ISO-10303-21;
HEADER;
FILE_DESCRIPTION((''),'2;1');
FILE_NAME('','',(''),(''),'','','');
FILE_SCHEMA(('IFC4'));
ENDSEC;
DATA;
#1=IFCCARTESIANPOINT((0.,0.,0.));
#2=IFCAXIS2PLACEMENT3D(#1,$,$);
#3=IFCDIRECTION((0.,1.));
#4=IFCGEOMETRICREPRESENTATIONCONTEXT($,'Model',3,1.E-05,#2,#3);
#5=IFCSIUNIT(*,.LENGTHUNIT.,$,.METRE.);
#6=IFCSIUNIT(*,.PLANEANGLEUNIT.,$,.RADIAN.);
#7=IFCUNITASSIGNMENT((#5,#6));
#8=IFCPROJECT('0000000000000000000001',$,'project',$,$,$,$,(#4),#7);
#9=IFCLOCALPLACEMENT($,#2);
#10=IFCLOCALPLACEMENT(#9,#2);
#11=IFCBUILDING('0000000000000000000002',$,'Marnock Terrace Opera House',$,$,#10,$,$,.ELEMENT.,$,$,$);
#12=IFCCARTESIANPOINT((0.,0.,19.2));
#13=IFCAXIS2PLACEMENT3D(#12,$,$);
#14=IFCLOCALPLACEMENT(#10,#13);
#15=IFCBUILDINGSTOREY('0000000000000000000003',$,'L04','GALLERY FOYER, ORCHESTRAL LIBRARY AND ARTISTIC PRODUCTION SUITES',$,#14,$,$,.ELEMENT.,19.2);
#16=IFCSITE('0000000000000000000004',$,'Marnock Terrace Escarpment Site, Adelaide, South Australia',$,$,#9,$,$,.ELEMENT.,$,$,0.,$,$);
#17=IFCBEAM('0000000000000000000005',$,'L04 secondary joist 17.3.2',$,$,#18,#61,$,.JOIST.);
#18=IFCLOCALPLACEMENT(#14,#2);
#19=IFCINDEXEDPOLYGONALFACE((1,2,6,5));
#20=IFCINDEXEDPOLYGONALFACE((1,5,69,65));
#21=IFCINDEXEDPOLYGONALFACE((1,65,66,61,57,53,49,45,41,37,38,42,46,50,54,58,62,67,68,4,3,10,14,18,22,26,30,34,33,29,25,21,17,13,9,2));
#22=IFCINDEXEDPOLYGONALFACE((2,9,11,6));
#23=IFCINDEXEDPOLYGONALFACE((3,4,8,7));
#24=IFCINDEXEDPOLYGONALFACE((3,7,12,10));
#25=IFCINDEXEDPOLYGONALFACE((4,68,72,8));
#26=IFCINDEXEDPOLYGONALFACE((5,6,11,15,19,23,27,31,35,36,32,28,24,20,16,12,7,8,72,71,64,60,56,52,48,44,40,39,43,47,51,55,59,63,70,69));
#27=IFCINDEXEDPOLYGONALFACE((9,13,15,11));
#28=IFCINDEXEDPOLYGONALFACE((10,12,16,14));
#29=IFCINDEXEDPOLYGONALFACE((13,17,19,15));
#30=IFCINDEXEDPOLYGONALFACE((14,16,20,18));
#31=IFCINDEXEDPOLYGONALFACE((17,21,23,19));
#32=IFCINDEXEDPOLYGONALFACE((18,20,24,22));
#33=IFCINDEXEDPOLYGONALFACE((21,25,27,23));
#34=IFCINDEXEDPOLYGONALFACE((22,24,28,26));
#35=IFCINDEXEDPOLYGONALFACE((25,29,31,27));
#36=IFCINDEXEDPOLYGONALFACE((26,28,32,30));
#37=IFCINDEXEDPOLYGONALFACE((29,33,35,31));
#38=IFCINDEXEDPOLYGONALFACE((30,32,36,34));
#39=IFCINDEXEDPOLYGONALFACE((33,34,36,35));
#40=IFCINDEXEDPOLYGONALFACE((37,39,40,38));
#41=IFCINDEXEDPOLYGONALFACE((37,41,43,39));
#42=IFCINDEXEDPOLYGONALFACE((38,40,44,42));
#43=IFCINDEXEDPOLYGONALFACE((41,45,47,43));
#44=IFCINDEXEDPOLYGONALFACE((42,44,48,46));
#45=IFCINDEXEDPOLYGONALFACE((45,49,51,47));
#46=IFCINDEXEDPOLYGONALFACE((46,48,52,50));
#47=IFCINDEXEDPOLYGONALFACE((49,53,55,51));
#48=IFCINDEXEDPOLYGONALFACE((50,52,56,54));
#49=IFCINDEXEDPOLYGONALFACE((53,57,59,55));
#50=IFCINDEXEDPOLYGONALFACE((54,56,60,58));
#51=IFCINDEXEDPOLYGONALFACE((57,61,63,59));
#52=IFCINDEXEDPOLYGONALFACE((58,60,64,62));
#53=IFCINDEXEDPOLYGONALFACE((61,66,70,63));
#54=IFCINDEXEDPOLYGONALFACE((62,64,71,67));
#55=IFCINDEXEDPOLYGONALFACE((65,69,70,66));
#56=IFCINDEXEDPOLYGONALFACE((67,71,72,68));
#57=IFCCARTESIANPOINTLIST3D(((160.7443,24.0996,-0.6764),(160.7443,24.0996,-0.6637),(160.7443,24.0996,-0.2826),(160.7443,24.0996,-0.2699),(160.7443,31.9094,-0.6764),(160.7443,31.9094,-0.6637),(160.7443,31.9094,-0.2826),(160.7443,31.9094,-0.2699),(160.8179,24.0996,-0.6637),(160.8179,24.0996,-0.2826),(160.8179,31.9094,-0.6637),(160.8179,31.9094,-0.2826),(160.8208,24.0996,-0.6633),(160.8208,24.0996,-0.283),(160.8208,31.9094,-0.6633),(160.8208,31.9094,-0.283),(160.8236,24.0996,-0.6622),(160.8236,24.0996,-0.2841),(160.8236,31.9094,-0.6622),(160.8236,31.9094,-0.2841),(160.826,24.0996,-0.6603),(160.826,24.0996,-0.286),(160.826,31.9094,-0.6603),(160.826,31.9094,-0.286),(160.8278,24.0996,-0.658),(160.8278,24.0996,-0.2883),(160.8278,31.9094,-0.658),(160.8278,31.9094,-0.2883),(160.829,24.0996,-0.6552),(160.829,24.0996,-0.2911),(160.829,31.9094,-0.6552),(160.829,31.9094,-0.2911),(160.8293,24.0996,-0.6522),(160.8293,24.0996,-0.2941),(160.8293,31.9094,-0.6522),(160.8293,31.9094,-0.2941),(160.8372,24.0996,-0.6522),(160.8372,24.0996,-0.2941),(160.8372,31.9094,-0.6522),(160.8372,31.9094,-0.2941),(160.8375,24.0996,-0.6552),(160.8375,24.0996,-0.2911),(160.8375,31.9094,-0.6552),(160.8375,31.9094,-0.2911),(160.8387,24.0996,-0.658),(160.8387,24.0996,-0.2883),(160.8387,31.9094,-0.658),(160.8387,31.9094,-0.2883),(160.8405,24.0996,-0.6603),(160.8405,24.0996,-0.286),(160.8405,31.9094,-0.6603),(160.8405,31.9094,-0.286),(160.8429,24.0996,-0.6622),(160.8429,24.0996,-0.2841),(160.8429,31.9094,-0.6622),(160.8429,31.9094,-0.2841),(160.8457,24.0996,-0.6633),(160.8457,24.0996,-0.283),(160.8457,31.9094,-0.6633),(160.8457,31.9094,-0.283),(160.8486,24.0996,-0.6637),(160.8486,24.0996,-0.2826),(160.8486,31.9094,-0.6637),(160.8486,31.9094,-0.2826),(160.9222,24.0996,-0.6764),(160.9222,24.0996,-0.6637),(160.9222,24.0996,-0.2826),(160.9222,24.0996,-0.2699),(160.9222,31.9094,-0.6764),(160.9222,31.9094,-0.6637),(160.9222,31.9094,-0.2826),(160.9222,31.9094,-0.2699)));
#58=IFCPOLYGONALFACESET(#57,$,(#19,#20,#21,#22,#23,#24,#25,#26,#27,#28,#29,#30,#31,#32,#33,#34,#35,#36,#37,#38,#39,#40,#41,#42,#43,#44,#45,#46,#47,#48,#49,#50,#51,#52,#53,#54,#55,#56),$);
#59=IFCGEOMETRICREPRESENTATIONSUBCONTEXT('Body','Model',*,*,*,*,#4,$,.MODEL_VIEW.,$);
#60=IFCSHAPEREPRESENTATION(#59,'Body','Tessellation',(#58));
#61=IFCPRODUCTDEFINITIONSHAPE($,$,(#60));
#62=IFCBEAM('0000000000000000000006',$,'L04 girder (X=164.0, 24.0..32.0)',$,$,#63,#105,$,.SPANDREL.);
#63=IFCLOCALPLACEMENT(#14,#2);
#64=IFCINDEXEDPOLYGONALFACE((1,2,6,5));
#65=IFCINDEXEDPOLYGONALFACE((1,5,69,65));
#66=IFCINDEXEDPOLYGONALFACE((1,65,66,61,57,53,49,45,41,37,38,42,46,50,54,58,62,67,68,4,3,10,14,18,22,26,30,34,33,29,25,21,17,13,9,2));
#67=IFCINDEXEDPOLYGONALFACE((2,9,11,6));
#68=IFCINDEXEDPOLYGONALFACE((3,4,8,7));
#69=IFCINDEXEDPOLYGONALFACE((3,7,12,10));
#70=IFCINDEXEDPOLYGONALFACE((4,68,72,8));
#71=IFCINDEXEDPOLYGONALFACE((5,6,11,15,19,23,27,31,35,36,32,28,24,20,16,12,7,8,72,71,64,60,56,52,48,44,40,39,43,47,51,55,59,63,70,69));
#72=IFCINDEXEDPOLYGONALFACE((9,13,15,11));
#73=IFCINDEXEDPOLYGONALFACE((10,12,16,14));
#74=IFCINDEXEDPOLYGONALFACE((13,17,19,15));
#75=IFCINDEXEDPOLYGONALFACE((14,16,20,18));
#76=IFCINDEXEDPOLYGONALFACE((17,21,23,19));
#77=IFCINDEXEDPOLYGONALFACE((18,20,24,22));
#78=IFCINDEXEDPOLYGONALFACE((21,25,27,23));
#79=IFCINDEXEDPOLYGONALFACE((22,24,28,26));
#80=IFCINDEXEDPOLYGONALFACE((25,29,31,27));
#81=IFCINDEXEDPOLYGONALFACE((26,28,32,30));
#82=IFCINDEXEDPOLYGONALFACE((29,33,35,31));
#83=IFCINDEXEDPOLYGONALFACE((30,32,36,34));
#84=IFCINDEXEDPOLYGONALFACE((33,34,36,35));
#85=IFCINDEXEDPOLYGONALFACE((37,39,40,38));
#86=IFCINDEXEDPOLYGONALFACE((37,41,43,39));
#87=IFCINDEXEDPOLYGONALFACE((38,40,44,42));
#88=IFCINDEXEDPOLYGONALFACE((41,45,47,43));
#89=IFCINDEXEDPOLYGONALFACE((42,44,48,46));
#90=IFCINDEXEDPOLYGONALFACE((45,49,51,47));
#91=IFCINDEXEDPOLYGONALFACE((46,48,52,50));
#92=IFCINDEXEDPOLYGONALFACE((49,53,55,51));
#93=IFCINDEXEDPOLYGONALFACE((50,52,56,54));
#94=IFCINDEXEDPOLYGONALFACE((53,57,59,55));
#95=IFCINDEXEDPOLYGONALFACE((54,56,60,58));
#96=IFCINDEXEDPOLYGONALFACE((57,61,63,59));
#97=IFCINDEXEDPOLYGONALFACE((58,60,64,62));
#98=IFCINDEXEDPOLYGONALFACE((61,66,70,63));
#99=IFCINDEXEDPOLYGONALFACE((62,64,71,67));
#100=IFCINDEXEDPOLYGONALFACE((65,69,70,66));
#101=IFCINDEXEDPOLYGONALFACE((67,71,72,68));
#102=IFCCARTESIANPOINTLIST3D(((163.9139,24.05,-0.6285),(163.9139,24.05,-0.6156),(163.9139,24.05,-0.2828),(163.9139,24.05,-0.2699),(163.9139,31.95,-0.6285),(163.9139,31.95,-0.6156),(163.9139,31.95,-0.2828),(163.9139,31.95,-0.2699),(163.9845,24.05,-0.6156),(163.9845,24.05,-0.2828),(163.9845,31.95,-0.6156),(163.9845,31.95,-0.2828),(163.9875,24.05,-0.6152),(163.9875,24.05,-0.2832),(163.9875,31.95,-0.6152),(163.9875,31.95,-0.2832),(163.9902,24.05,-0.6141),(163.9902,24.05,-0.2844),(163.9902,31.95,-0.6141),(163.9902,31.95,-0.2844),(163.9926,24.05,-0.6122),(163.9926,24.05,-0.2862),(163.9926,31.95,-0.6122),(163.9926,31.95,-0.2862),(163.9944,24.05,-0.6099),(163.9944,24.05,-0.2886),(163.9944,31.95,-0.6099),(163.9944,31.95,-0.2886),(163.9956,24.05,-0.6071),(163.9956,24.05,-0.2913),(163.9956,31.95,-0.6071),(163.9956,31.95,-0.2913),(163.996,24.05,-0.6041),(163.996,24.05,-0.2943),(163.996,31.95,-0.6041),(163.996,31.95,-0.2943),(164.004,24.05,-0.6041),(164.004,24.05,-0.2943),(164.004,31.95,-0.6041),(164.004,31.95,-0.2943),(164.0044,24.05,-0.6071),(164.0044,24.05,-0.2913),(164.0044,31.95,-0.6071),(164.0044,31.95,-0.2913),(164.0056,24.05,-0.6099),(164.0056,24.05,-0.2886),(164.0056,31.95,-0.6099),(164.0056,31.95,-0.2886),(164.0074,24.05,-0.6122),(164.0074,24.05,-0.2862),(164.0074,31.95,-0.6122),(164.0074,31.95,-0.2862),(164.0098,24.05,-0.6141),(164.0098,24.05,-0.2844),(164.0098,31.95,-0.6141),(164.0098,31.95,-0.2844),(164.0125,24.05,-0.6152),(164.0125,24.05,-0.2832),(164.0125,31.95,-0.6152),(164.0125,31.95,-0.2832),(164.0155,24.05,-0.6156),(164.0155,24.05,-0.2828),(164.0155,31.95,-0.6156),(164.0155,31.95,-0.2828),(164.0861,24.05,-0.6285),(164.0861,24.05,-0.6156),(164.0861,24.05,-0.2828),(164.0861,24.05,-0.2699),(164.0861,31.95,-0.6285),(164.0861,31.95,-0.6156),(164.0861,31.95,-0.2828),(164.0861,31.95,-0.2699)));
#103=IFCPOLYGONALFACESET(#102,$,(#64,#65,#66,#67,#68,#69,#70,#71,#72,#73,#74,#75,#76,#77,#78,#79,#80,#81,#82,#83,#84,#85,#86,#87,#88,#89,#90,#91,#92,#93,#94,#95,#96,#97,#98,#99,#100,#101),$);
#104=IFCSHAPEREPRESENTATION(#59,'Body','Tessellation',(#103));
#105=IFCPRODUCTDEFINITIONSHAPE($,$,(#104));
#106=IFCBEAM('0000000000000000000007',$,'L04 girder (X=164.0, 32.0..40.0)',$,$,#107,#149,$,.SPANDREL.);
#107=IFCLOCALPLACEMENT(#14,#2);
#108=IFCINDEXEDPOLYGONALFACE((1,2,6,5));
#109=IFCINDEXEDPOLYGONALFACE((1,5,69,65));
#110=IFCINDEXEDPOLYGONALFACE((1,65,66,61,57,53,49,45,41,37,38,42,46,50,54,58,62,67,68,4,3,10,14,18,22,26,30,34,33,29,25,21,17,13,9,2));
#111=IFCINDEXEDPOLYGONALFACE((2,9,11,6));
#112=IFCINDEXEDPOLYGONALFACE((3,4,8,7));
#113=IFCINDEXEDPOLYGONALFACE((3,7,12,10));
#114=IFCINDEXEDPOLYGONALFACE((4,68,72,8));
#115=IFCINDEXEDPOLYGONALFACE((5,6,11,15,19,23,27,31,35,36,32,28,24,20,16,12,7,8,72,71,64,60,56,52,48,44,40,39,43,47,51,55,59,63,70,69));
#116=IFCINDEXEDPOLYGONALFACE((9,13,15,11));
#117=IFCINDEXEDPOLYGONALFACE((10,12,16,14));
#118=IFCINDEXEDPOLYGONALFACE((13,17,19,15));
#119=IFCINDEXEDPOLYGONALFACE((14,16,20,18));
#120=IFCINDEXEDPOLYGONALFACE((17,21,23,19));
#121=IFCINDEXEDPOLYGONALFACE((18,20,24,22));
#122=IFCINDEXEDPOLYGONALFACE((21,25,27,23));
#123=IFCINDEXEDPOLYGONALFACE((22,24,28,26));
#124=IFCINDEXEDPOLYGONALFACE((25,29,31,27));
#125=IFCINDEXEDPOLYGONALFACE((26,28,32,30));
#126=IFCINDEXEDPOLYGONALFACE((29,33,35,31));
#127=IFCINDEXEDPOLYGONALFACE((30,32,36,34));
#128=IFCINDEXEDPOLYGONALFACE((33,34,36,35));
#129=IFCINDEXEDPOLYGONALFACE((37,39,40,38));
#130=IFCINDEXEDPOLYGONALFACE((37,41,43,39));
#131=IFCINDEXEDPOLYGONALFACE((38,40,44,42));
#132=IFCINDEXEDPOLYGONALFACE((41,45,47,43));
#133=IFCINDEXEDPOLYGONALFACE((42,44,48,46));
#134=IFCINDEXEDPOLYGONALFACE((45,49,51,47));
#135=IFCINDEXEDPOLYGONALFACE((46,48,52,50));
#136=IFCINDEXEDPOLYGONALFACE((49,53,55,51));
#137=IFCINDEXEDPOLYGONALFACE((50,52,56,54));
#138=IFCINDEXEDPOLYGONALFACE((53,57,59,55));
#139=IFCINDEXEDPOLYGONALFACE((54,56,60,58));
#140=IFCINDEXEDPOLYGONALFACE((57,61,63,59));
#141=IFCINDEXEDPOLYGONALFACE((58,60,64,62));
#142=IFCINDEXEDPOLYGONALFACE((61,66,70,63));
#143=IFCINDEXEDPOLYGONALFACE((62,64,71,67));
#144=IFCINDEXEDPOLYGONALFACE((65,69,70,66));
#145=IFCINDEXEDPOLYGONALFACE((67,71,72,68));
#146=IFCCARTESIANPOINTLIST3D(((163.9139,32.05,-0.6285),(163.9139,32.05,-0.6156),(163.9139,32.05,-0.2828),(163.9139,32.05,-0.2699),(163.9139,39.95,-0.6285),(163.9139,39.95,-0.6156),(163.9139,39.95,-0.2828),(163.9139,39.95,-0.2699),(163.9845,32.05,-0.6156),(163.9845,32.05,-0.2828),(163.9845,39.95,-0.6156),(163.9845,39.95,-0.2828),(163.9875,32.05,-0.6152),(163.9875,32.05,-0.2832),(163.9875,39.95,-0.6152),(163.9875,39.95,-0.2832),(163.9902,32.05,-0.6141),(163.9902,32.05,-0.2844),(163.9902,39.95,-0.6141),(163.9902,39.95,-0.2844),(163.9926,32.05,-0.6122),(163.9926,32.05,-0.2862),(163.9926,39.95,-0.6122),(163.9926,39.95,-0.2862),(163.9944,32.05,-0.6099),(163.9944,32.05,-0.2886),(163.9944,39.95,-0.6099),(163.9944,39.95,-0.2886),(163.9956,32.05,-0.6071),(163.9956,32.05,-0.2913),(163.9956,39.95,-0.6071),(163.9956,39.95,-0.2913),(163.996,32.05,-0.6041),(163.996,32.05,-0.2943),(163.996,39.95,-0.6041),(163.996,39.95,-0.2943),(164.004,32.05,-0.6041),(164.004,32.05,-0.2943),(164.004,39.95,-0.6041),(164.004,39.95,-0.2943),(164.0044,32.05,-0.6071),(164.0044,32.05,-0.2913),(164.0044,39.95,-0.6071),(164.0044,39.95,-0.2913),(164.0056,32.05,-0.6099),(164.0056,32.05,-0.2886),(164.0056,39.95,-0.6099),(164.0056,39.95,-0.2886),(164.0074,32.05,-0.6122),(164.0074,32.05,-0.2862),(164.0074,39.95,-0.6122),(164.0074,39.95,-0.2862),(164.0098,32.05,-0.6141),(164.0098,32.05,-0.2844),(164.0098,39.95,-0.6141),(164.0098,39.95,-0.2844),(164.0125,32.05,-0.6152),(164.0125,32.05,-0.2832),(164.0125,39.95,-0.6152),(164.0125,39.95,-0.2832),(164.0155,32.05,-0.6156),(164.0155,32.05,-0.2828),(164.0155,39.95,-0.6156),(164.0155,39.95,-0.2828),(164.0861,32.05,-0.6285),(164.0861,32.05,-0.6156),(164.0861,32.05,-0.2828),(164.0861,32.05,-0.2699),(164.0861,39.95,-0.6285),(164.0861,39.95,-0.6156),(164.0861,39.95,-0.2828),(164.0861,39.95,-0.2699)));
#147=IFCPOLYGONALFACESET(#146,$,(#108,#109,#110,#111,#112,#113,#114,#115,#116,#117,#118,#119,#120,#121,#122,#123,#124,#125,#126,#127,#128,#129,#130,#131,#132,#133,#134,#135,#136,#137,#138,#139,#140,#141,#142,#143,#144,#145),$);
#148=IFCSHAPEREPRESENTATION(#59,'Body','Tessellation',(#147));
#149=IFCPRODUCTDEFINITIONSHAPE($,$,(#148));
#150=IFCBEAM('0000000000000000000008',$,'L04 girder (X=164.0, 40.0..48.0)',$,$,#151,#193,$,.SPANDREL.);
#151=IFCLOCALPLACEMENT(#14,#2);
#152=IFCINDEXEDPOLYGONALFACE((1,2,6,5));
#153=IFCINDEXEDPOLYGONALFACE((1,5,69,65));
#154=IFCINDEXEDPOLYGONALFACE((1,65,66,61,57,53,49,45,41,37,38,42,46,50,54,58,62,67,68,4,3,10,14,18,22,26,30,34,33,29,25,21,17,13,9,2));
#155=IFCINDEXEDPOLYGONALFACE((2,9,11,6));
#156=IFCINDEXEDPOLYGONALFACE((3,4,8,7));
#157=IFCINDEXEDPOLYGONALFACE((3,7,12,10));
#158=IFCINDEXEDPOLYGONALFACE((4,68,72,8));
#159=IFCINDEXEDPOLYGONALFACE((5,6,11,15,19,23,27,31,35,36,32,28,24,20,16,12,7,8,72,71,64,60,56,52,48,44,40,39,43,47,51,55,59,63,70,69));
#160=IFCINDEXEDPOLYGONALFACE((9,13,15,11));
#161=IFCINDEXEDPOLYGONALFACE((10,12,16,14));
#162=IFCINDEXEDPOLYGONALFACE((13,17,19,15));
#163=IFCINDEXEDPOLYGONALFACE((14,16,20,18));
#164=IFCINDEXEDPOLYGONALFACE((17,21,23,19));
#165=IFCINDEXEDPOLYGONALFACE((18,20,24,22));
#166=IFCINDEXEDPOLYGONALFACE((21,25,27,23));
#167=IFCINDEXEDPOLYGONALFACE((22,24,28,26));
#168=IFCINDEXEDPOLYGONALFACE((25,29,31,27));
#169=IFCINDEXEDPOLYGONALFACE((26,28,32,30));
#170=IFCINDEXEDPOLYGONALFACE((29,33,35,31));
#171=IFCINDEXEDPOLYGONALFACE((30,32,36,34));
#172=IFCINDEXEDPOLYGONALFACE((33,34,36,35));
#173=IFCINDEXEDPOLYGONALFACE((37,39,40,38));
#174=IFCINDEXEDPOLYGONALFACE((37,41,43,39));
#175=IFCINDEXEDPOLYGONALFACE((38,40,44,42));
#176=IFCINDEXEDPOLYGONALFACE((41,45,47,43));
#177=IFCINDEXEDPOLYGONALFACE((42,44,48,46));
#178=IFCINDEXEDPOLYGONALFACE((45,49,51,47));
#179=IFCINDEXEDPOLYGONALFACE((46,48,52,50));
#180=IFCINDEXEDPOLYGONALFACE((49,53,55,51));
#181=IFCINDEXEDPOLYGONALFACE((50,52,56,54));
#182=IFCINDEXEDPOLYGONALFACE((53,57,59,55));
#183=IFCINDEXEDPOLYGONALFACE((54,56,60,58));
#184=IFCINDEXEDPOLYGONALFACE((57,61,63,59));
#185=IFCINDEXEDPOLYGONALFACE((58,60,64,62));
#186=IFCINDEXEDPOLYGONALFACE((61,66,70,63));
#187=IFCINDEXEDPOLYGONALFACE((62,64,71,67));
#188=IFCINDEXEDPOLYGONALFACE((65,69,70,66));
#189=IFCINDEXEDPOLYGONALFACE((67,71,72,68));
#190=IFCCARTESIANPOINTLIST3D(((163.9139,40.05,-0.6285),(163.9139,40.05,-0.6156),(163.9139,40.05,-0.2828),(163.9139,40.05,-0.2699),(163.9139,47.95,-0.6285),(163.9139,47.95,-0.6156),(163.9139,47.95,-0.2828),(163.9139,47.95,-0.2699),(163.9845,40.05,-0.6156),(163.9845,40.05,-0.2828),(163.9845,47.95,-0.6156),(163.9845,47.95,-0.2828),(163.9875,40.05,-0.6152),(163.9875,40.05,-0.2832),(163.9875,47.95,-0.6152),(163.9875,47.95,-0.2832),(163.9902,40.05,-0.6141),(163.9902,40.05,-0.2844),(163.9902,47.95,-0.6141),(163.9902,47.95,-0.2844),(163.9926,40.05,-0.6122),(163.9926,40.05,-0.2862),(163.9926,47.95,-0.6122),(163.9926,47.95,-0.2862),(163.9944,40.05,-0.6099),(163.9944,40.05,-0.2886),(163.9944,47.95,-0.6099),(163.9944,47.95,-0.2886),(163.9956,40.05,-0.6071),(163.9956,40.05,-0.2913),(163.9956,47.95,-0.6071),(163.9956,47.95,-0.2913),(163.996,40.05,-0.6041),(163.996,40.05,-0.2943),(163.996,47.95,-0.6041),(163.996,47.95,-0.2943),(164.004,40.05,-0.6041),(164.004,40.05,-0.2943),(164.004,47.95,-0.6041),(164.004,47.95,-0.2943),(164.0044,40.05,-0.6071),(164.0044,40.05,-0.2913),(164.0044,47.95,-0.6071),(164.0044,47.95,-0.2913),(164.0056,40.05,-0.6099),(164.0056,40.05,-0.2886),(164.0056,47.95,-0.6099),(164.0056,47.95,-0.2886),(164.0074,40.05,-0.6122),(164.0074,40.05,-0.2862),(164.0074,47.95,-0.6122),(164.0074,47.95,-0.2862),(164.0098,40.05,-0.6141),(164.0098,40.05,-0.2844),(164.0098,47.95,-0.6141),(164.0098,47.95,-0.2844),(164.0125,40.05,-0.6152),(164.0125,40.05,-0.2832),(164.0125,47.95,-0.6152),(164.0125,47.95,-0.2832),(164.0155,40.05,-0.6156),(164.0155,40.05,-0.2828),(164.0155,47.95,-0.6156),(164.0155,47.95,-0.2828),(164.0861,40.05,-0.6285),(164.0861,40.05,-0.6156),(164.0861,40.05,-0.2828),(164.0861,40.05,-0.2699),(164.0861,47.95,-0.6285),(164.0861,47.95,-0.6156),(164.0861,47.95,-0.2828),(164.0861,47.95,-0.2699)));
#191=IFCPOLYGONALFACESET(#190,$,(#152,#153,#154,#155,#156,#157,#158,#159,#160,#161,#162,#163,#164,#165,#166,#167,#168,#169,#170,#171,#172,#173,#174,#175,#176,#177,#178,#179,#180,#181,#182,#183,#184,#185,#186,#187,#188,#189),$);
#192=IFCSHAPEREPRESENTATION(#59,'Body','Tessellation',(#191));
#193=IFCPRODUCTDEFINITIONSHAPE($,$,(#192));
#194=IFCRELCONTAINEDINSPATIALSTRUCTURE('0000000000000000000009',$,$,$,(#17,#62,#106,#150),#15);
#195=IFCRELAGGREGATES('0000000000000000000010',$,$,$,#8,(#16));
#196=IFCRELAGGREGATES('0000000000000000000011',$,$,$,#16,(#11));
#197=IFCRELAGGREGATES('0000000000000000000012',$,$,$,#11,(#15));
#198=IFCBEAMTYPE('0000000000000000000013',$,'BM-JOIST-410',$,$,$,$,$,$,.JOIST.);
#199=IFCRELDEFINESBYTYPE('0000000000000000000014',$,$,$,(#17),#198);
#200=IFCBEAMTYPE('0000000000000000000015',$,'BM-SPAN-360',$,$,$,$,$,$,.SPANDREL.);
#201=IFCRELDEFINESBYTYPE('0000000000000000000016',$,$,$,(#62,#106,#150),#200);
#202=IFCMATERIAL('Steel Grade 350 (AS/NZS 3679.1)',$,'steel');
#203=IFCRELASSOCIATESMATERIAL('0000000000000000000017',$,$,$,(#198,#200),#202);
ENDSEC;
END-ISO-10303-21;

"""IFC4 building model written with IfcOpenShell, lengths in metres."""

from ifc_helpers import new_model, si_unit, direction, frame, origin, origin_2d, place, context, subcontext, project, spatial, i_section, extrude, material, material_profile, profile_set, type_object, element, save


model = new_model("IFC4")

# Units and contexts
model_context = context("Model", 3, precision=1e-05, world=origin(), true_north=direction((0.0, 1.0)))
body_context = subcontext(model_context, "Body", "Model", "MODEL_VIEW")
ifc_project = project(units=[si_unit("LENGTHUNIT", "METRE"), si_unit("PLANEANGLEUNIT", "RADIAN")], contexts=[model_context])

# Site, building, storey
site_placement = place(None, origin())
site = spatial("IfcSite", under=ifc_project, at=site_placement, Name="Marnock Terrace Escarpment Site, Adelaide, South Australia", CompositionType="ELEMENT", RefElevation=0.0)
building_placement = place(site_placement, origin())
building = spatial("IfcBuilding", under=site, at=building_placement, Name="Marnock Terrace Opera House", CompositionType="ELEMENT")
storey_placement = place(building_placement, frame((0.0, 0.0, 19.2)))
storey = spatial("IfcBuildingStorey", under=building, at=storey_placement, Name="L04", Description="GALLERY FOYER, ORCHESTRAL LIBRARY AND ARTISTIC PRODUCTION SUITES", CompositionType="ELEMENT", Elevation=19.2)

# Shared definitions
ifc_material_1 = material(Name="Steel Grade 350 (AS/NZS 3679.1)", Category="steel")

# Beams
ifc_material_profile_1 = material_profile(ifc_material_1, i_section(OverallWidth=0.178, OverallDepth=0.4065, WebThickness=0.0078, FlangeThickness=0.0127, FilletRadius=0.0115, at=origin_2d()))
ifc_profile_set_1 = profile_set([ifc_material_profile_1], Name="Steel Grade 350 (AS/NZS 3679.1)")
beam_type_1 = type_object("IfcBeamType", Name="BM-JOIST-410", PredefinedType="JOIST", material=ifc_profile_set_1)
for number, where, z_axis, x_axis, name in (
    (1, (160.8333, 24.0996, -0.4731), (0.0, 1.0, 0.0), (-1.0, 0.0, 0.0), "L04 secondary joist 17.3.2"),
):
    element("IfcBeam", number, at=place(storey_placement, frame(where, z_axis=z_axis, x_axis=x_axis)), inside=storey, type_object=beam_type_1, Name=name, PredefinedType="JOIST", context=body_context, shape_type="SweptSolid", body=[
        extrude(i_section(OverallWidth=0.178, OverallDepth=0.4065, WebThickness=0.0078, FlangeThickness=0.0127, FilletRadius=0.0115, at=origin_2d()), origin(), (0.0, 0.0, 1.0), 7.8098),
    ])
ifc_material_profile_2 = material_profile(ifc_material_1, i_section(OverallWidth=0.1721, OverallDepth=0.3586, WebThickness=0.0081, FlangeThickness=0.0129, FilletRadius=0.0115, at=origin_2d()))
ifc_profile_set_2 = profile_set([ifc_material_profile_2], Name="Steel Grade 350 (AS/NZS 3679.1)")
beam_type_2 = type_object("IfcBeamType", Name="BM-SPAN-360", PredefinedType="SPANDREL", material=ifc_profile_set_2)
for number, where, z_axis, x_axis, name in (
    (2, (164.0, 24.05, -0.4492), (0.0, 1.0, 0.0), (-1.0, 0.0, 0.0), "L04 girder (X=164.0, 24.0..32.0)"),
    (3, (164.0, 32.05, -0.4492), (0.0, 1.0, 0.0), (-1.0, 0.0, 0.0), "L04 girder (X=164.0, 32.0..40.0)"),
    (4, (164.0, 40.05, -0.4492), (0.0, 1.0, 0.0), (-1.0, 0.0, 0.0), "L04 girder (X=164.0, 40.0..48.0)"),
):
    element("IfcBeam", number, at=place(storey_placement, frame(where, z_axis=z_axis, x_axis=x_axis)), inside=storey, type_object=beam_type_2, Name=name, PredefinedType="SPANDREL", context=body_context, shape_type="SweptSolid", body=[
        extrude(i_section(OverallWidth=0.1721, OverallDepth=0.3586, WebThickness=0.0081, FlangeThickness=0.0129, FilletRadius=0.0115, at=origin_2d()), origin(), (0.0, 0.0, 1.0), 7.8999),
    ])

save(model, "model.ifc")
